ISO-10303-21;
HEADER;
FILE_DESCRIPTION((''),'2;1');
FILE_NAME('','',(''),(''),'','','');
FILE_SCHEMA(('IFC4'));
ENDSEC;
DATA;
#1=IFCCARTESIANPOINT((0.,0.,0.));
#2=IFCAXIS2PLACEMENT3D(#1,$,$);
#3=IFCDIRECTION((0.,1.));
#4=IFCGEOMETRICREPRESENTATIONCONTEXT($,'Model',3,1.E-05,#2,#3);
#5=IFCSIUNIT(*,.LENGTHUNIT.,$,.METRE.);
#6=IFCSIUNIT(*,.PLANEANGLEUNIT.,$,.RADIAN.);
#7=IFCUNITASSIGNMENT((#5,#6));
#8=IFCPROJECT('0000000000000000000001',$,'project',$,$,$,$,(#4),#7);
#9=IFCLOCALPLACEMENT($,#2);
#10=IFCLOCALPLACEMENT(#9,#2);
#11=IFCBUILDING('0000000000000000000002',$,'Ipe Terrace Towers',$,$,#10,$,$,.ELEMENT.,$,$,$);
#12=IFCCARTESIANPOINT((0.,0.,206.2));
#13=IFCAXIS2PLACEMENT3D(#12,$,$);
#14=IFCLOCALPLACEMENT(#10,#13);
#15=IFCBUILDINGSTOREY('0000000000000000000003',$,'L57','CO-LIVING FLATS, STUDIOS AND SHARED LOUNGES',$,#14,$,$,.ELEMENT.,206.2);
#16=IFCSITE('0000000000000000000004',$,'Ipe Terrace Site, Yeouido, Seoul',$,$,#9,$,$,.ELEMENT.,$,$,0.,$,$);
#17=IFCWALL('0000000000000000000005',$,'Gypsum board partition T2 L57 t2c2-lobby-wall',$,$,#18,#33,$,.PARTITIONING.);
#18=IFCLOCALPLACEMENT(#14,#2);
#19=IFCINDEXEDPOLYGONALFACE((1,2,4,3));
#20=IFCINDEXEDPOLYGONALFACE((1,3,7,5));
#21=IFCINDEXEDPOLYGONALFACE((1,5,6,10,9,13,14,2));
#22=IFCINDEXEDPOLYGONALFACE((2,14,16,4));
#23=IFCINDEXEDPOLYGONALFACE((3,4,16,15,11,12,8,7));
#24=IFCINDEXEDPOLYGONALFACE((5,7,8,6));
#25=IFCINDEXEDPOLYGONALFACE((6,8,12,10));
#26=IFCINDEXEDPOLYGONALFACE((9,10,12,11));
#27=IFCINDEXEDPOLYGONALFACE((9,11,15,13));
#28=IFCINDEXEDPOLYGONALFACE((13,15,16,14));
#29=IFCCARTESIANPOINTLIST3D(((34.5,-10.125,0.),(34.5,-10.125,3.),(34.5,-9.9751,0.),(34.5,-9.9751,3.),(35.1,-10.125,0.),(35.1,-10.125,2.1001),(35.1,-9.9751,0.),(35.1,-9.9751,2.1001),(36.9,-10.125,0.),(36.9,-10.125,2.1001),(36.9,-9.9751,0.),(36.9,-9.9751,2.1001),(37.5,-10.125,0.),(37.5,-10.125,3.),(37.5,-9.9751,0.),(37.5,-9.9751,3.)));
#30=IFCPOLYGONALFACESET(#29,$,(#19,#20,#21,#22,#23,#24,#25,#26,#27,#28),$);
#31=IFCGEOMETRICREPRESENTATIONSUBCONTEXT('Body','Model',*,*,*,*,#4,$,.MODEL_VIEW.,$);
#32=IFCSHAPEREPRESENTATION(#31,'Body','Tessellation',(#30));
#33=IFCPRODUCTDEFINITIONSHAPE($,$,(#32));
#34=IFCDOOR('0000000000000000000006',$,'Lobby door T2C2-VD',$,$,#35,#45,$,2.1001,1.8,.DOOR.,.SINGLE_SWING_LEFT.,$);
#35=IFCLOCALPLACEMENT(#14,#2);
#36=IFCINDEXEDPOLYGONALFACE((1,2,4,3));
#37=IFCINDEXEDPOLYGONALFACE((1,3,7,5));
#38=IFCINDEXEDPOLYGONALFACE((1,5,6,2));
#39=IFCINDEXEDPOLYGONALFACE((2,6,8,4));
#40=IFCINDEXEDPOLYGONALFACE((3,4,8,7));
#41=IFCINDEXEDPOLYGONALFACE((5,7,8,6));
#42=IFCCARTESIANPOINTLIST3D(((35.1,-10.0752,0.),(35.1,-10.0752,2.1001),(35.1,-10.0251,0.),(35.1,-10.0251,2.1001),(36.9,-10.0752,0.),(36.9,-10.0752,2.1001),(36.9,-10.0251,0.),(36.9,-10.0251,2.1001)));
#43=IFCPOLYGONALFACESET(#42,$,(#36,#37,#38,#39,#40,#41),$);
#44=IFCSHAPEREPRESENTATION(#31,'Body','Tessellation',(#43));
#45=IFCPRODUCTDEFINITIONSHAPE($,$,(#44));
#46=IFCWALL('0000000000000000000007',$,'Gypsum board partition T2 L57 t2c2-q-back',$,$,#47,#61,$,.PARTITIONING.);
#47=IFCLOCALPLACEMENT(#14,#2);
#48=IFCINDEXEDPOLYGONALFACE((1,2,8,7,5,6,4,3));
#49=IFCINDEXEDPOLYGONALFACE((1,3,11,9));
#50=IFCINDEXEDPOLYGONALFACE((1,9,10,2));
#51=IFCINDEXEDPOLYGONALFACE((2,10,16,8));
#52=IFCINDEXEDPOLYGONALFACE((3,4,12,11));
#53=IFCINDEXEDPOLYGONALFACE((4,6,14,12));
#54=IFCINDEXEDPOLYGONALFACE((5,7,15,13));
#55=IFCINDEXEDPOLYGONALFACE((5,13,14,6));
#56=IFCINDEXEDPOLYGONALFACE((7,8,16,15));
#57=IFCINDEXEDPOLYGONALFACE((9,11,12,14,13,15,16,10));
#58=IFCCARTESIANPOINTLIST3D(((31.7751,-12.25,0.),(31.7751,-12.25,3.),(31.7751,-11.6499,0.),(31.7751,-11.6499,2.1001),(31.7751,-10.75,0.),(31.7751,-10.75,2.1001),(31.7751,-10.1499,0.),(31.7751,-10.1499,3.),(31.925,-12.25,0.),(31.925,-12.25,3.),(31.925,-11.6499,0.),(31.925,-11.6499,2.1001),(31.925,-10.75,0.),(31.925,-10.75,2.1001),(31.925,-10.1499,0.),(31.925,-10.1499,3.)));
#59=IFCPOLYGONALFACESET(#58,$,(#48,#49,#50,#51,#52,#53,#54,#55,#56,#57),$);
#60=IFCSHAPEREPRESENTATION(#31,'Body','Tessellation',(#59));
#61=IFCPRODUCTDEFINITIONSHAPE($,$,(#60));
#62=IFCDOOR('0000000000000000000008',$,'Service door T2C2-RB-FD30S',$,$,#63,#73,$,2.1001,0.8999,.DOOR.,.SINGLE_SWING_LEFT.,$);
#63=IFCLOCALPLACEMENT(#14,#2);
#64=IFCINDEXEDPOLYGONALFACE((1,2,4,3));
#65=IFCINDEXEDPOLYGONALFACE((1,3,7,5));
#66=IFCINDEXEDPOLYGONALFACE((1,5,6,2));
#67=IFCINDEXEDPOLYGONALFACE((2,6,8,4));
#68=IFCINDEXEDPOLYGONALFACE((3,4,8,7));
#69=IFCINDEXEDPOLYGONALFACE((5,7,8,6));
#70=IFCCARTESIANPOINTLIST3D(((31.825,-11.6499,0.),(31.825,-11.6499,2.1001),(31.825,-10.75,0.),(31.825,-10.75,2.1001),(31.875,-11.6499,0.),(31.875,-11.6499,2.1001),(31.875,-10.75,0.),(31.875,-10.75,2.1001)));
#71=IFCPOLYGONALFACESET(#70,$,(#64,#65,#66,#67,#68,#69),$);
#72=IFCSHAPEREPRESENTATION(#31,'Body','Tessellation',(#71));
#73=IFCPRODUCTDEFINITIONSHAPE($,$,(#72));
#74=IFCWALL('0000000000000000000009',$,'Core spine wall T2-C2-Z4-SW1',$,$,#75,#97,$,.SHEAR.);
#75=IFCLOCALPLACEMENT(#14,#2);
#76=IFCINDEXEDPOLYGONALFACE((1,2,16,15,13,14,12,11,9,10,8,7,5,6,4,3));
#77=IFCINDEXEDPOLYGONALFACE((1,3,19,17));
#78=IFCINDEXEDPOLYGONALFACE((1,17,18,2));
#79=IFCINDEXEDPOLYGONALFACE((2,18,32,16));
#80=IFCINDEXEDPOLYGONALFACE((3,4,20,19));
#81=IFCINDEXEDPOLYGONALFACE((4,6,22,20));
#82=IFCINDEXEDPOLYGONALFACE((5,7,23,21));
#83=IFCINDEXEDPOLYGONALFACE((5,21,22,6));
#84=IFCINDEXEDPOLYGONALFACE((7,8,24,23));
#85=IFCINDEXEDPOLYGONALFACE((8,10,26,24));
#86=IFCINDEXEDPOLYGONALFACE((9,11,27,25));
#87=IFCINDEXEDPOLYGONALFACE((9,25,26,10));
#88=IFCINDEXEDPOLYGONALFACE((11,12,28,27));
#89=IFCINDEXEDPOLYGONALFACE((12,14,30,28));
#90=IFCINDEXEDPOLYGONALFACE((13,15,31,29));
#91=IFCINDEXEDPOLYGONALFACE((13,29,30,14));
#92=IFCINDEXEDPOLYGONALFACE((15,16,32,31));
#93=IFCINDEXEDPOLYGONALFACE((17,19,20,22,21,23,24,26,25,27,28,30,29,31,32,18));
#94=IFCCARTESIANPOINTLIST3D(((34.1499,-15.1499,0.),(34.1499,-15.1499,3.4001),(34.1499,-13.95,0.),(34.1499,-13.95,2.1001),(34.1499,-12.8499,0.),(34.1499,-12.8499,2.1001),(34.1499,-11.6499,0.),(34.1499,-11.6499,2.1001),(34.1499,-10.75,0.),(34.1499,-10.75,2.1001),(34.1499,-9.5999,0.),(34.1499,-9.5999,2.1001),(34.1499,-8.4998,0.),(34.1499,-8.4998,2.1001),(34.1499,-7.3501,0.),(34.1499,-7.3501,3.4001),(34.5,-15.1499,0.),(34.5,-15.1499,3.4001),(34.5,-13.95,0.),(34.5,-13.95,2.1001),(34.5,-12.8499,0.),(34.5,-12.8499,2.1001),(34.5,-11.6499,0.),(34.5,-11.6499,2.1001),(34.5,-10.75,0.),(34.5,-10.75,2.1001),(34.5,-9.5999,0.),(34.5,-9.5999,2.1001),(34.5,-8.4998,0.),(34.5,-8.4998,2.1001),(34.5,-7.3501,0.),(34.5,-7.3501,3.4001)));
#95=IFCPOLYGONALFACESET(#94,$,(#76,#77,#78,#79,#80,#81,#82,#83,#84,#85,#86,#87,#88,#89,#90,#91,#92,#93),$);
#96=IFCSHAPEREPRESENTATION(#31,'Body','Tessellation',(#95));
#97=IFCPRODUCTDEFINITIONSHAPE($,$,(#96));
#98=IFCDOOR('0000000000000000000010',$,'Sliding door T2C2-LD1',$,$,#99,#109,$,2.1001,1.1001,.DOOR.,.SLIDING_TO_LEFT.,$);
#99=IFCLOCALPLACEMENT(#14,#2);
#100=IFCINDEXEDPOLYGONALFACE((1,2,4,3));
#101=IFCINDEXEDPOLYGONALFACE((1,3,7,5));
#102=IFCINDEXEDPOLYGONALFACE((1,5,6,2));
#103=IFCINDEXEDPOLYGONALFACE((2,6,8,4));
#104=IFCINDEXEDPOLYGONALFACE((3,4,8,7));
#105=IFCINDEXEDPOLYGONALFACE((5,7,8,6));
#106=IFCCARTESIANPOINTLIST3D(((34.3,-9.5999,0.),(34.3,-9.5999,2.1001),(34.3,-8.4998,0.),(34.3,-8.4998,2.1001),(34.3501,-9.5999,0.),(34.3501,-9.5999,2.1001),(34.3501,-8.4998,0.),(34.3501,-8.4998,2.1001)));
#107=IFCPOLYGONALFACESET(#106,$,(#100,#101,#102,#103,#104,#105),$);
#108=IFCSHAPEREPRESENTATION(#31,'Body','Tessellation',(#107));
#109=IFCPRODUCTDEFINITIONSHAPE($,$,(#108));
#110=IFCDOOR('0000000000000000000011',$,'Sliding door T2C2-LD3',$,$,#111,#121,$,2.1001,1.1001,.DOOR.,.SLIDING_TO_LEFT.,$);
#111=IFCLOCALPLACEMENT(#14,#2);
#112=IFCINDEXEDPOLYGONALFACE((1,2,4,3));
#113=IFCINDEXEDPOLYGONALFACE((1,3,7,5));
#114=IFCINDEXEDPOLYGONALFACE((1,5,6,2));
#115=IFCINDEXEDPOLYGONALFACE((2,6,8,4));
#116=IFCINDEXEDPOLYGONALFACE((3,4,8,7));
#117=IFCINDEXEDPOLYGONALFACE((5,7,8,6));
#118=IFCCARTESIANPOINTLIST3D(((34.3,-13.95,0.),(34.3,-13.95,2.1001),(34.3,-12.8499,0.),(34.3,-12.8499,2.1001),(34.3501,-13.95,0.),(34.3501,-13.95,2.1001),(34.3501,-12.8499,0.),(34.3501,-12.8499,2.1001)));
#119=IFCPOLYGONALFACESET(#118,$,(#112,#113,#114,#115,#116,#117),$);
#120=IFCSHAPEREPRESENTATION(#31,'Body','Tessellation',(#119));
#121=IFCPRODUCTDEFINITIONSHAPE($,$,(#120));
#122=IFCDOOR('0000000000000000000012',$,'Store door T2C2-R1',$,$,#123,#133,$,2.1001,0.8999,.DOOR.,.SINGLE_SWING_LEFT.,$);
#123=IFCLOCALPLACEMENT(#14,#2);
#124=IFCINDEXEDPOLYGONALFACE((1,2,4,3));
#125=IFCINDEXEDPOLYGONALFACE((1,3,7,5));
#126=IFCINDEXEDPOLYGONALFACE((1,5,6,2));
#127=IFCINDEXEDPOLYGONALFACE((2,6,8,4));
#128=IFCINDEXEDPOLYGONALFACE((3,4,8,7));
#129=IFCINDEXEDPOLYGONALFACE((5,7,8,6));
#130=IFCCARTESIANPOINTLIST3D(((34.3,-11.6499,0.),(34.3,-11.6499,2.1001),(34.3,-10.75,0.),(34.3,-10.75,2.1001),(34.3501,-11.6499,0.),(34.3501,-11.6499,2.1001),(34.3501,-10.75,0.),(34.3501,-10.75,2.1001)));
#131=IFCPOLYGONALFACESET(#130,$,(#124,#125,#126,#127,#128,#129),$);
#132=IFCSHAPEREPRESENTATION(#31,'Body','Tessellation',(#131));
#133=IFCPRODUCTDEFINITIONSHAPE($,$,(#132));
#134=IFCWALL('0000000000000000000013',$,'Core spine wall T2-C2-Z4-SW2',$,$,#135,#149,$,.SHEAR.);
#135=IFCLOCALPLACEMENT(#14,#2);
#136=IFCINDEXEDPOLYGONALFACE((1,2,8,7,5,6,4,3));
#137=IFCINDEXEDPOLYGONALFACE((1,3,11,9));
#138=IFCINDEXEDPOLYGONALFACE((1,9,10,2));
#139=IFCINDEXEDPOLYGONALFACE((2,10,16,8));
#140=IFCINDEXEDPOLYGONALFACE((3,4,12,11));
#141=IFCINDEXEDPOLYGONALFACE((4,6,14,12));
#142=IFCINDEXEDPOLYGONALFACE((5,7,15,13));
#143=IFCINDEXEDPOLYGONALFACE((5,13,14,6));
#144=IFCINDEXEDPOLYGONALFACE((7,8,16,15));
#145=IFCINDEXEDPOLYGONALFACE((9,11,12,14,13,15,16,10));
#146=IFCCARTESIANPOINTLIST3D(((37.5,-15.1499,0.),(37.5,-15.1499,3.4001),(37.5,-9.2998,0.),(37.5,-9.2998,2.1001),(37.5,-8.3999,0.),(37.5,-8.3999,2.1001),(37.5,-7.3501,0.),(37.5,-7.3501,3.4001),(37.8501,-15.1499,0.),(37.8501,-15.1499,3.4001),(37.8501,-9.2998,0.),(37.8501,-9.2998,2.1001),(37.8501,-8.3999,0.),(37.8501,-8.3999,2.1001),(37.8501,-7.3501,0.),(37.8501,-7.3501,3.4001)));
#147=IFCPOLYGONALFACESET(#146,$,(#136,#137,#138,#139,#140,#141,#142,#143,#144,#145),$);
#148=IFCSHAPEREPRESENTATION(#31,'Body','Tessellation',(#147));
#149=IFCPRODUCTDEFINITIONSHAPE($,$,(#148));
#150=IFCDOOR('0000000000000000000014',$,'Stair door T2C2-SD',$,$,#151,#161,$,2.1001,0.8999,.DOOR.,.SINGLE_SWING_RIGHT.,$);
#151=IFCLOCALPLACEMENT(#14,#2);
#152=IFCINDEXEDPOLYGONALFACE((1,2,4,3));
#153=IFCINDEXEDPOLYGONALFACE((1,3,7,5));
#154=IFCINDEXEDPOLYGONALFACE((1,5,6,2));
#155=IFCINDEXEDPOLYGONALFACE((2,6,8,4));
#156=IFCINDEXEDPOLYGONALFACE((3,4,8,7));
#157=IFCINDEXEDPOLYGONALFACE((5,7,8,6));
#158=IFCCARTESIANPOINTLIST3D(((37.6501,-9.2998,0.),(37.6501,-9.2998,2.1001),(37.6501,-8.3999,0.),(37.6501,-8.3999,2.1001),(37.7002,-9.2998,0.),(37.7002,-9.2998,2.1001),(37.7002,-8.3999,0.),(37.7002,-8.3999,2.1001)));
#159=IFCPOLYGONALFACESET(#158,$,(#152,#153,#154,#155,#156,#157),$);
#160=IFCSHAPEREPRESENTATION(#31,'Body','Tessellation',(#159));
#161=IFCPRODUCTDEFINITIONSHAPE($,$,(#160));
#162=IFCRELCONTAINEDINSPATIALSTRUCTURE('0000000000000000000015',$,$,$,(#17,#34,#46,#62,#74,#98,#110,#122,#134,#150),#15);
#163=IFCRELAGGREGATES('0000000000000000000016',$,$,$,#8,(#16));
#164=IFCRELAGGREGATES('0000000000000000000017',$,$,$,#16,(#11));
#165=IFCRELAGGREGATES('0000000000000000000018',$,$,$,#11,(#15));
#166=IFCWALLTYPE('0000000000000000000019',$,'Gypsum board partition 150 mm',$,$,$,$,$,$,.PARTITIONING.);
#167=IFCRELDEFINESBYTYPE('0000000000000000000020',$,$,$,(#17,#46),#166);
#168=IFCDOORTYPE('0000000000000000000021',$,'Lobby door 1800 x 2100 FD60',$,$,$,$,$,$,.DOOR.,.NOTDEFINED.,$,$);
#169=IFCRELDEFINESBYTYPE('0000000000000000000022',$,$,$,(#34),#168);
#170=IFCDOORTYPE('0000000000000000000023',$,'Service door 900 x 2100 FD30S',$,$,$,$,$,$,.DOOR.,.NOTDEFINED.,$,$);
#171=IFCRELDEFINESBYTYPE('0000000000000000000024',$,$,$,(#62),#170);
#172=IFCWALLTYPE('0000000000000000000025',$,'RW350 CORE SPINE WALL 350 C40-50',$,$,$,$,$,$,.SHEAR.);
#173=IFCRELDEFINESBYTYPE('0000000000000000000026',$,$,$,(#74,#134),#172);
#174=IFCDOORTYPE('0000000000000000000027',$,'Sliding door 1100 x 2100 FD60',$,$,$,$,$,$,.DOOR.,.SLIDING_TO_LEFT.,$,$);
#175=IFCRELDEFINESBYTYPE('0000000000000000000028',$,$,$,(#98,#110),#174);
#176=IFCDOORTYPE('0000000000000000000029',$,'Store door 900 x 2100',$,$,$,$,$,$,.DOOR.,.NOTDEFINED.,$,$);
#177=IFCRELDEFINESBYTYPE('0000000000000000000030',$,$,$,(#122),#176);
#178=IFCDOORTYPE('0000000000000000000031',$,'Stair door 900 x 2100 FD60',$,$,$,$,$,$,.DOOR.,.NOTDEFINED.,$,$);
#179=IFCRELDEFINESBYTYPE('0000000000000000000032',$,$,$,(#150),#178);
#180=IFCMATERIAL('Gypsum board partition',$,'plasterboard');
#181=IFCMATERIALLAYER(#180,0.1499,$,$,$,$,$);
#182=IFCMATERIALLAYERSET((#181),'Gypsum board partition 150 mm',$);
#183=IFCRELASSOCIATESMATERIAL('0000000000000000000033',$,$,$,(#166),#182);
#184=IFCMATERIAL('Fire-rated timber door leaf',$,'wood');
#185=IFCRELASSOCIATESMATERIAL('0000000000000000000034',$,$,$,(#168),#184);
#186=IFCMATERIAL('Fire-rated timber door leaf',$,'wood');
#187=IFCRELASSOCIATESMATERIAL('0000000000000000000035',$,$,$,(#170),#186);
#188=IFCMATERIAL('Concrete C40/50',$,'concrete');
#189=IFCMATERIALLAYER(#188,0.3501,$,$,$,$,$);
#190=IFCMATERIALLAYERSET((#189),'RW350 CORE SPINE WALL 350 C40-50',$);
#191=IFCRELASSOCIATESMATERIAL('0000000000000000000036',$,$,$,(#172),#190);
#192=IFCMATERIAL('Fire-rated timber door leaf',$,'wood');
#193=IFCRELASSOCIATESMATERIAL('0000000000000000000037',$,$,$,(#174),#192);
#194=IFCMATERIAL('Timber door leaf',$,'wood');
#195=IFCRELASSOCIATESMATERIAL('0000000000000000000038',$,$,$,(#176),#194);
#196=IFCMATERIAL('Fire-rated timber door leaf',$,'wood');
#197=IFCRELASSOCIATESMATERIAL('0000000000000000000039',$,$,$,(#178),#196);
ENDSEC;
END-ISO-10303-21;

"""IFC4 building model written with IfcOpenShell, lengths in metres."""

from ifc_helpers import new_model, si_unit, direction, frame, frame_2d, origin, place, context, subcontext, project, spatial, rectangle, extrude, material, layer, layer_set, type_object, element, fill, save


model = new_model("IFC4")

# Units and contexts
model_context = context("Model", 3, precision=1e-05, world=origin(), true_north=direction((0.0, 1.0)))
body_context = subcontext(model_context, "Body", "Model", "MODEL_VIEW")
ifc_project = project(units=[si_unit("LENGTHUNIT", "METRE"), si_unit("PLANEANGLEUNIT", "RADIAN")], contexts=[model_context])

# Site, building, storey
site_placement = place(None, origin())
site = spatial("IfcSite", under=ifc_project, at=site_placement, Name="Ipe Terrace Site, Yeouido, Seoul", CompositionType="ELEMENT", RefElevation=0.0)
building_placement = place(site_placement, origin())
building = spatial("IfcBuilding", under=site, at=building_placement, Name="Ipe Terrace Towers", CompositionType="ELEMENT")
storey_placement = place(building_placement, frame((0.0, 0.0, 206.2)))
storey = spatial("IfcBuildingStorey", under=building, at=storey_placement, Name="L57", Description="CO-LIVING FLATS, STUDIOS AND SHARED LOUNGES", CompositionType="ELEMENT", Elevation=206.2)

# Walls, openings, doors
ifc_material_1 = material(Name="Gypsum board partition", Category="plasterboard")
ifc_layer_1 = layer(ifc_material_1, 0.1499)
ifc_layer_set_1 = layer_set([ifc_layer_1], Name="Gypsum board partition 150 mm")
wall_type_1 = type_object("IfcWallType", Name="Gypsum board partition 150 mm", PredefinedType="PARTITIONING", material=ifc_layer_set_1)
wall_1_placement = place(storey_placement, frame((34.5, -10.05, 0.0), z_axis=(0.0, 0.0, 1.0), x_axis=(1.0, 0.0, 0.0)))
wall_1 = element("IfcWall", 1, at=wall_1_placement, inside=storey, type_object=wall_type_1, Name="Gypsum board partition T2 L57 t2c2-lobby-wall", PredefinedType="PARTITIONING", context=body_context, shape_type="SweptSolid", body=[
    extrude(rectangle(XDim=3.0, YDim=0.1499, at=frame_2d((1.5, 0.0))), origin(), (0.0, 0.0, 1.0), 3.0),
])
opening_1_placement = place(wall_1_placement, frame((0.6001, 0.0, 0.0)))
opening_1 = element("IfcOpeningElement", 2, at=opening_1_placement, cuts=wall_1, PredefinedType="OPENING", context=body_context, shape_type="SweptSolid", body=[
    extrude(rectangle(XDim=1.8, YDim=2.1001, at=frame_2d((0.8999, 1.05))), frame((0.0, 0.085, 0.0), z_axis=(0.0, -1.0, 0.0), x_axis=(1.0, 0.0, 0.0)), (0.0, 0.0, 1.0), 0.1699),
])
ifc_material_2 = material(Name="Fire-rated timber door leaf", Category="wood")
door_type_1 = type_object("IfcDoorType", Name="Lobby door 1800 x 2100 FD60", OperationType="NOTDEFINED", PredefinedType="DOOR", material=ifc_material_2)
door_1_placement = place(opening_1_placement, origin())
door_1 = element("IfcDoor", 3, at=door_1_placement, inside=storey, type_object=door_type_1, Name="Lobby door T2C2-VD", OperationType="SINGLE_SWING_LEFT", OverallHeight=2.1001, OverallWidth=1.8, PredefinedType="DOOR", context=body_context, shape_type="SweptSolid", body=[
    extrude(rectangle(XDim=1.8, YDim=2.1001, at=frame_2d((0.8999, 1.05))), frame((0.0, 0.0249, 0.0), z_axis=(0.0, -1.0, 0.0), x_axis=(1.0, 0.0, 0.0)), (0.0, 0.0, 1.0), 0.05),
])
fill(opening_1, door_1)
wall_2_placement = place(storey_placement, frame((31.8501, -10.1499, 0.0), z_axis=(0.0, 0.0, 1.0), x_axis=(0.0, -1.0, 0.0)))
wall_2 = element("IfcWall", 4, at=wall_2_placement, inside=storey, type_object=wall_type_1, Name="Gypsum board partition T2 L57 t2c2-q-back", PredefinedType="PARTITIONING", context=body_context, shape_type="SweptSolid", body=[
    extrude(rectangle(XDim=2.1001, YDim=0.1499, at=frame_2d((1.05, 0.0))), origin(), (0.0, 0.0, 1.0), 3.0),
])
opening_2_placement = place(wall_2_placement, frame((0.6001, 0.0, 0.0)))
opening_2 = element("IfcOpeningElement", 5, at=opening_2_placement, cuts=wall_2, PredefinedType="OPENING", context=body_context, shape_type="SweptSolid", body=[
    extrude(rectangle(XDim=0.8999, YDim=2.1001, at=frame_2d((0.45, 1.05))), frame((0.0, 0.085, 0.0), z_axis=(0.0, -1.0, 0.0), x_axis=(1.0, 0.0, 0.0)), (0.0, 0.0, 1.0), 0.1699),
])
ifc_material_3 = material(Name="Fire-rated timber door leaf", Category="wood")
door_type_2 = type_object("IfcDoorType", Name="Service door 900 x 2100 FD30S", OperationType="NOTDEFINED", PredefinedType="DOOR", material=ifc_material_3)
door_2_placement = place(opening_2_placement, origin())
door_2 = element("IfcDoor", 6, at=door_2_placement, inside=storey, type_object=door_type_2, Name="Service door T2C2-RB-FD30S", OperationType="SINGLE_SWING_LEFT", OverallHeight=2.1001, OverallWidth=0.8999, PredefinedType="DOOR", context=body_context, shape_type="SweptSolid", body=[
    extrude(rectangle(XDim=0.8999, YDim=2.1001, at=frame_2d((0.45, 1.05))), frame((0.0, 0.0249, 0.0), z_axis=(0.0, -1.0, 0.0), x_axis=(1.0, 0.0, 0.0)), (0.0, 0.0, 1.0), 0.05),
])
fill(opening_2, door_2)

# Wall, openings, doors
ifc_material_4 = material(Name="Concrete C40/50", Category="concrete")
ifc_layer_2 = layer(ifc_material_4, 0.3501)
ifc_layer_set_2 = layer_set([ifc_layer_2], Name="RW350 CORE SPINE WALL 350 C40-50")
wall_type_2 = type_object("IfcWallType", Name="RW350 CORE SPINE WALL 350 C40-50", PredefinedType="SHEAR", material=ifc_layer_set_2)
wall_3_placement = place(storey_placement, frame((34.325, -15.1499, 0.0), z_axis=(0.0, 0.0, 1.0), x_axis=(0.0, 1.0, 0.0)))
wall_3 = element("IfcWall", 7, at=wall_3_placement, inside=storey, type_object=wall_type_2, Name="Core spine wall T2-C2-Z4-SW1", PredefinedType="SHEAR", context=body_context, shape_type="SweptSolid", body=[
    extrude(rectangle(XDim=7.7998, YDim=0.3501, at=frame_2d((3.8999, 0.0))), origin(), (0.0, 0.0, 1.0), 3.4001),
])
opening_3_placement = place(wall_3_placement, frame((5.55, 0.0, 0.0)))
opening_3 = element("IfcOpeningElement", 8, at=opening_3_placement, cuts=wall_3, PredefinedType="OPENING", context=body_context, shape_type="SweptSolid", body=[
    extrude(rectangle(XDim=1.1001, YDim=2.1001, at=frame_2d((0.55, 1.05))), frame((0.0, 0.1851, 0.0), z_axis=(0.0, -1.0, 0.0), x_axis=(1.0, 0.0, 0.0)), (0.0, 0.0, 1.0), 0.3701),
])
opening_4_placement = place(wall_3_placement, frame((1.2, 0.0, 0.0)))
opening_4 = element("IfcOpeningElement", 9, at=opening_4_placement, cuts=wall_3, PredefinedType="OPENING", context=body_context, shape_type="SweptSolid", body=[
    extrude(rectangle(XDim=1.1001, YDim=2.1001, at=frame_2d((0.55, 1.05))), frame((0.0, 0.1851, 0.0), z_axis=(0.0, -1.0, 0.0), x_axis=(1.0, 0.0, 0.0)), (0.0, 0.0, 1.0), 0.3701),
])
opening_5_placement = place(wall_3_placement, frame((3.5, 0.0, 0.0)))
opening_5 = element("IfcOpeningElement", 10, at=opening_5_placement, cuts=wall_3, PredefinedType="OPENING", context=body_context, shape_type="SweptSolid", body=[
    extrude(rectangle(XDim=0.8999, YDim=2.1001, at=frame_2d((0.45, 1.05))), frame((0.0, 0.1851, 0.0), z_axis=(0.0, -1.0, 0.0), x_axis=(1.0, 0.0, 0.0)), (0.0, 0.0, 1.0), 0.3701),
])
ifc_material_5 = material(Name="Fire-rated timber door leaf", Category="wood")
door_type_3 = type_object("IfcDoorType", Name="Sliding door 1100 x 2100 FD60", OperationType="SLIDING_TO_LEFT", PredefinedType="DOOR", material=ifc_material_5)
door_3_placement = place(opening_3_placement, origin())
door_3 = element("IfcDoor", 11, at=door_3_placement, inside=storey, type_object=door_type_3, Name="Sliding door T2C2-LD1", OperationType="SLIDING_TO_LEFT", OverallHeight=2.1001, OverallWidth=1.1001, PredefinedType="DOOR", context=body_context, shape_type="SweptSolid", body=[
    extrude(rectangle(XDim=1.1001, YDim=2.1001, at=frame_2d((0.55, 1.05))), frame((0.0, 0.0249, 0.0), z_axis=(0.0, -1.0, 0.0), x_axis=(1.0, 0.0, 0.0)), (0.0, 0.0, 1.0), 0.05),
])
fill(opening_3, door_3)
door_4_placement = place(opening_4_placement, origin())
door_4 = element("IfcDoor", 12, at=door_4_placement, inside=storey, type_object=door_type_3, Name="Sliding door T2C2-LD3", OperationType="SLIDING_TO_LEFT", OverallHeight=2.1001, OverallWidth=1.1001, PredefinedType="DOOR", context=body_context, shape_type="SweptSolid", body=[
    extrude(rectangle(XDim=1.1001, YDim=2.1001, at=frame_2d((0.55, 1.05))), frame((0.0, 0.0249, 0.0), z_axis=(0.0, -1.0, 0.0), x_axis=(1.0, 0.0, 0.0)), (0.0, 0.0, 1.0), 0.05),
])
fill(opening_4, door_4)
ifc_material_6 = material(Name="Timber door leaf", Category="wood")
door_type_4 = type_object("IfcDoorType", Name="Store door 900 x 2100", OperationType="NOTDEFINED", PredefinedType="DOOR", material=ifc_material_6)
door_5_placement = place(opening_5_placement, origin())
door_5 = element("IfcDoor", 13, at=door_5_placement, inside=storey, type_object=door_type_4, Name="Store door T2C2-R1", OperationType="SINGLE_SWING_LEFT", OverallHeight=2.1001, OverallWidth=0.8999, PredefinedType="DOOR", context=body_context, shape_type="SweptSolid", body=[
    extrude(rectangle(XDim=0.8999, YDim=2.1001, at=frame_2d((0.45, 1.05))), frame((0.0, 0.0249, 0.0), z_axis=(0.0, -1.0, 0.0), x_axis=(1.0, 0.0, 0.0)), (0.0, 0.0, 1.0), 0.05),
])
fill(opening_5, door_5)

# Wall, opening, door
wall_4_placement = place(storey_placement, frame((37.675, -15.1499, 0.0), z_axis=(0.0, 0.0, 1.0), x_axis=(0.0, 1.0, 0.0)))
wall_4 = element("IfcWall", 14, at=wall_4_placement, inside=storey, type_object=wall_type_2, Name="Core spine wall T2-C2-Z4-SW2", PredefinedType="SHEAR", context=body_context, shape_type="SweptSolid", body=[
    extrude(rectangle(XDim=7.7998, YDim=0.3501, at=frame_2d((3.8999, 0.0))), origin(), (0.0, 0.0, 1.0), 3.4001),
])
opening_6_placement = place(wall_4_placement, frame((5.8501, 0.0, 0.0)))
opening_6 = element("IfcOpeningElement", 15, at=opening_6_placement, cuts=wall_4, PredefinedType="OPENING", context=body_context, shape_type="SweptSolid", body=[
    extrude(rectangle(XDim=0.8999, YDim=2.1001, at=frame_2d((0.45, 1.05))), frame((0.0, 0.1851, 0.0), z_axis=(0.0, -1.0, 0.0), x_axis=(1.0, 0.0, 0.0)), (0.0, 0.0, 1.0), 0.3701),
])
ifc_material_7 = material(Name="Fire-rated timber door leaf", Category="wood")
door_type_5 = type_object("IfcDoorType", Name="Stair door 900 x 2100 FD60", OperationType="NOTDEFINED", PredefinedType="DOOR", material=ifc_material_7)
door_6_placement = place(opening_6_placement, origin())
door_6 = element("IfcDoor", 16, at=door_6_placement, inside=storey, type_object=door_type_5, Name="Stair door T2C2-SD", OperationType="SINGLE_SWING_RIGHT", OverallHeight=2.1001, OverallWidth=0.8999, PredefinedType="DOOR", context=body_context, shape_type="SweptSolid", body=[
    extrude(rectangle(XDim=0.8999, YDim=2.1001, at=frame_2d((0.45, 1.05))), frame((0.0, 0.0249, 0.0), z_axis=(0.0, -1.0, 0.0), x_axis=(1.0, 0.0, 0.0)), (0.0, 0.0, 1.0), 0.05),
])
fill(opening_6, door_6)

save(model, "model.ifc")
